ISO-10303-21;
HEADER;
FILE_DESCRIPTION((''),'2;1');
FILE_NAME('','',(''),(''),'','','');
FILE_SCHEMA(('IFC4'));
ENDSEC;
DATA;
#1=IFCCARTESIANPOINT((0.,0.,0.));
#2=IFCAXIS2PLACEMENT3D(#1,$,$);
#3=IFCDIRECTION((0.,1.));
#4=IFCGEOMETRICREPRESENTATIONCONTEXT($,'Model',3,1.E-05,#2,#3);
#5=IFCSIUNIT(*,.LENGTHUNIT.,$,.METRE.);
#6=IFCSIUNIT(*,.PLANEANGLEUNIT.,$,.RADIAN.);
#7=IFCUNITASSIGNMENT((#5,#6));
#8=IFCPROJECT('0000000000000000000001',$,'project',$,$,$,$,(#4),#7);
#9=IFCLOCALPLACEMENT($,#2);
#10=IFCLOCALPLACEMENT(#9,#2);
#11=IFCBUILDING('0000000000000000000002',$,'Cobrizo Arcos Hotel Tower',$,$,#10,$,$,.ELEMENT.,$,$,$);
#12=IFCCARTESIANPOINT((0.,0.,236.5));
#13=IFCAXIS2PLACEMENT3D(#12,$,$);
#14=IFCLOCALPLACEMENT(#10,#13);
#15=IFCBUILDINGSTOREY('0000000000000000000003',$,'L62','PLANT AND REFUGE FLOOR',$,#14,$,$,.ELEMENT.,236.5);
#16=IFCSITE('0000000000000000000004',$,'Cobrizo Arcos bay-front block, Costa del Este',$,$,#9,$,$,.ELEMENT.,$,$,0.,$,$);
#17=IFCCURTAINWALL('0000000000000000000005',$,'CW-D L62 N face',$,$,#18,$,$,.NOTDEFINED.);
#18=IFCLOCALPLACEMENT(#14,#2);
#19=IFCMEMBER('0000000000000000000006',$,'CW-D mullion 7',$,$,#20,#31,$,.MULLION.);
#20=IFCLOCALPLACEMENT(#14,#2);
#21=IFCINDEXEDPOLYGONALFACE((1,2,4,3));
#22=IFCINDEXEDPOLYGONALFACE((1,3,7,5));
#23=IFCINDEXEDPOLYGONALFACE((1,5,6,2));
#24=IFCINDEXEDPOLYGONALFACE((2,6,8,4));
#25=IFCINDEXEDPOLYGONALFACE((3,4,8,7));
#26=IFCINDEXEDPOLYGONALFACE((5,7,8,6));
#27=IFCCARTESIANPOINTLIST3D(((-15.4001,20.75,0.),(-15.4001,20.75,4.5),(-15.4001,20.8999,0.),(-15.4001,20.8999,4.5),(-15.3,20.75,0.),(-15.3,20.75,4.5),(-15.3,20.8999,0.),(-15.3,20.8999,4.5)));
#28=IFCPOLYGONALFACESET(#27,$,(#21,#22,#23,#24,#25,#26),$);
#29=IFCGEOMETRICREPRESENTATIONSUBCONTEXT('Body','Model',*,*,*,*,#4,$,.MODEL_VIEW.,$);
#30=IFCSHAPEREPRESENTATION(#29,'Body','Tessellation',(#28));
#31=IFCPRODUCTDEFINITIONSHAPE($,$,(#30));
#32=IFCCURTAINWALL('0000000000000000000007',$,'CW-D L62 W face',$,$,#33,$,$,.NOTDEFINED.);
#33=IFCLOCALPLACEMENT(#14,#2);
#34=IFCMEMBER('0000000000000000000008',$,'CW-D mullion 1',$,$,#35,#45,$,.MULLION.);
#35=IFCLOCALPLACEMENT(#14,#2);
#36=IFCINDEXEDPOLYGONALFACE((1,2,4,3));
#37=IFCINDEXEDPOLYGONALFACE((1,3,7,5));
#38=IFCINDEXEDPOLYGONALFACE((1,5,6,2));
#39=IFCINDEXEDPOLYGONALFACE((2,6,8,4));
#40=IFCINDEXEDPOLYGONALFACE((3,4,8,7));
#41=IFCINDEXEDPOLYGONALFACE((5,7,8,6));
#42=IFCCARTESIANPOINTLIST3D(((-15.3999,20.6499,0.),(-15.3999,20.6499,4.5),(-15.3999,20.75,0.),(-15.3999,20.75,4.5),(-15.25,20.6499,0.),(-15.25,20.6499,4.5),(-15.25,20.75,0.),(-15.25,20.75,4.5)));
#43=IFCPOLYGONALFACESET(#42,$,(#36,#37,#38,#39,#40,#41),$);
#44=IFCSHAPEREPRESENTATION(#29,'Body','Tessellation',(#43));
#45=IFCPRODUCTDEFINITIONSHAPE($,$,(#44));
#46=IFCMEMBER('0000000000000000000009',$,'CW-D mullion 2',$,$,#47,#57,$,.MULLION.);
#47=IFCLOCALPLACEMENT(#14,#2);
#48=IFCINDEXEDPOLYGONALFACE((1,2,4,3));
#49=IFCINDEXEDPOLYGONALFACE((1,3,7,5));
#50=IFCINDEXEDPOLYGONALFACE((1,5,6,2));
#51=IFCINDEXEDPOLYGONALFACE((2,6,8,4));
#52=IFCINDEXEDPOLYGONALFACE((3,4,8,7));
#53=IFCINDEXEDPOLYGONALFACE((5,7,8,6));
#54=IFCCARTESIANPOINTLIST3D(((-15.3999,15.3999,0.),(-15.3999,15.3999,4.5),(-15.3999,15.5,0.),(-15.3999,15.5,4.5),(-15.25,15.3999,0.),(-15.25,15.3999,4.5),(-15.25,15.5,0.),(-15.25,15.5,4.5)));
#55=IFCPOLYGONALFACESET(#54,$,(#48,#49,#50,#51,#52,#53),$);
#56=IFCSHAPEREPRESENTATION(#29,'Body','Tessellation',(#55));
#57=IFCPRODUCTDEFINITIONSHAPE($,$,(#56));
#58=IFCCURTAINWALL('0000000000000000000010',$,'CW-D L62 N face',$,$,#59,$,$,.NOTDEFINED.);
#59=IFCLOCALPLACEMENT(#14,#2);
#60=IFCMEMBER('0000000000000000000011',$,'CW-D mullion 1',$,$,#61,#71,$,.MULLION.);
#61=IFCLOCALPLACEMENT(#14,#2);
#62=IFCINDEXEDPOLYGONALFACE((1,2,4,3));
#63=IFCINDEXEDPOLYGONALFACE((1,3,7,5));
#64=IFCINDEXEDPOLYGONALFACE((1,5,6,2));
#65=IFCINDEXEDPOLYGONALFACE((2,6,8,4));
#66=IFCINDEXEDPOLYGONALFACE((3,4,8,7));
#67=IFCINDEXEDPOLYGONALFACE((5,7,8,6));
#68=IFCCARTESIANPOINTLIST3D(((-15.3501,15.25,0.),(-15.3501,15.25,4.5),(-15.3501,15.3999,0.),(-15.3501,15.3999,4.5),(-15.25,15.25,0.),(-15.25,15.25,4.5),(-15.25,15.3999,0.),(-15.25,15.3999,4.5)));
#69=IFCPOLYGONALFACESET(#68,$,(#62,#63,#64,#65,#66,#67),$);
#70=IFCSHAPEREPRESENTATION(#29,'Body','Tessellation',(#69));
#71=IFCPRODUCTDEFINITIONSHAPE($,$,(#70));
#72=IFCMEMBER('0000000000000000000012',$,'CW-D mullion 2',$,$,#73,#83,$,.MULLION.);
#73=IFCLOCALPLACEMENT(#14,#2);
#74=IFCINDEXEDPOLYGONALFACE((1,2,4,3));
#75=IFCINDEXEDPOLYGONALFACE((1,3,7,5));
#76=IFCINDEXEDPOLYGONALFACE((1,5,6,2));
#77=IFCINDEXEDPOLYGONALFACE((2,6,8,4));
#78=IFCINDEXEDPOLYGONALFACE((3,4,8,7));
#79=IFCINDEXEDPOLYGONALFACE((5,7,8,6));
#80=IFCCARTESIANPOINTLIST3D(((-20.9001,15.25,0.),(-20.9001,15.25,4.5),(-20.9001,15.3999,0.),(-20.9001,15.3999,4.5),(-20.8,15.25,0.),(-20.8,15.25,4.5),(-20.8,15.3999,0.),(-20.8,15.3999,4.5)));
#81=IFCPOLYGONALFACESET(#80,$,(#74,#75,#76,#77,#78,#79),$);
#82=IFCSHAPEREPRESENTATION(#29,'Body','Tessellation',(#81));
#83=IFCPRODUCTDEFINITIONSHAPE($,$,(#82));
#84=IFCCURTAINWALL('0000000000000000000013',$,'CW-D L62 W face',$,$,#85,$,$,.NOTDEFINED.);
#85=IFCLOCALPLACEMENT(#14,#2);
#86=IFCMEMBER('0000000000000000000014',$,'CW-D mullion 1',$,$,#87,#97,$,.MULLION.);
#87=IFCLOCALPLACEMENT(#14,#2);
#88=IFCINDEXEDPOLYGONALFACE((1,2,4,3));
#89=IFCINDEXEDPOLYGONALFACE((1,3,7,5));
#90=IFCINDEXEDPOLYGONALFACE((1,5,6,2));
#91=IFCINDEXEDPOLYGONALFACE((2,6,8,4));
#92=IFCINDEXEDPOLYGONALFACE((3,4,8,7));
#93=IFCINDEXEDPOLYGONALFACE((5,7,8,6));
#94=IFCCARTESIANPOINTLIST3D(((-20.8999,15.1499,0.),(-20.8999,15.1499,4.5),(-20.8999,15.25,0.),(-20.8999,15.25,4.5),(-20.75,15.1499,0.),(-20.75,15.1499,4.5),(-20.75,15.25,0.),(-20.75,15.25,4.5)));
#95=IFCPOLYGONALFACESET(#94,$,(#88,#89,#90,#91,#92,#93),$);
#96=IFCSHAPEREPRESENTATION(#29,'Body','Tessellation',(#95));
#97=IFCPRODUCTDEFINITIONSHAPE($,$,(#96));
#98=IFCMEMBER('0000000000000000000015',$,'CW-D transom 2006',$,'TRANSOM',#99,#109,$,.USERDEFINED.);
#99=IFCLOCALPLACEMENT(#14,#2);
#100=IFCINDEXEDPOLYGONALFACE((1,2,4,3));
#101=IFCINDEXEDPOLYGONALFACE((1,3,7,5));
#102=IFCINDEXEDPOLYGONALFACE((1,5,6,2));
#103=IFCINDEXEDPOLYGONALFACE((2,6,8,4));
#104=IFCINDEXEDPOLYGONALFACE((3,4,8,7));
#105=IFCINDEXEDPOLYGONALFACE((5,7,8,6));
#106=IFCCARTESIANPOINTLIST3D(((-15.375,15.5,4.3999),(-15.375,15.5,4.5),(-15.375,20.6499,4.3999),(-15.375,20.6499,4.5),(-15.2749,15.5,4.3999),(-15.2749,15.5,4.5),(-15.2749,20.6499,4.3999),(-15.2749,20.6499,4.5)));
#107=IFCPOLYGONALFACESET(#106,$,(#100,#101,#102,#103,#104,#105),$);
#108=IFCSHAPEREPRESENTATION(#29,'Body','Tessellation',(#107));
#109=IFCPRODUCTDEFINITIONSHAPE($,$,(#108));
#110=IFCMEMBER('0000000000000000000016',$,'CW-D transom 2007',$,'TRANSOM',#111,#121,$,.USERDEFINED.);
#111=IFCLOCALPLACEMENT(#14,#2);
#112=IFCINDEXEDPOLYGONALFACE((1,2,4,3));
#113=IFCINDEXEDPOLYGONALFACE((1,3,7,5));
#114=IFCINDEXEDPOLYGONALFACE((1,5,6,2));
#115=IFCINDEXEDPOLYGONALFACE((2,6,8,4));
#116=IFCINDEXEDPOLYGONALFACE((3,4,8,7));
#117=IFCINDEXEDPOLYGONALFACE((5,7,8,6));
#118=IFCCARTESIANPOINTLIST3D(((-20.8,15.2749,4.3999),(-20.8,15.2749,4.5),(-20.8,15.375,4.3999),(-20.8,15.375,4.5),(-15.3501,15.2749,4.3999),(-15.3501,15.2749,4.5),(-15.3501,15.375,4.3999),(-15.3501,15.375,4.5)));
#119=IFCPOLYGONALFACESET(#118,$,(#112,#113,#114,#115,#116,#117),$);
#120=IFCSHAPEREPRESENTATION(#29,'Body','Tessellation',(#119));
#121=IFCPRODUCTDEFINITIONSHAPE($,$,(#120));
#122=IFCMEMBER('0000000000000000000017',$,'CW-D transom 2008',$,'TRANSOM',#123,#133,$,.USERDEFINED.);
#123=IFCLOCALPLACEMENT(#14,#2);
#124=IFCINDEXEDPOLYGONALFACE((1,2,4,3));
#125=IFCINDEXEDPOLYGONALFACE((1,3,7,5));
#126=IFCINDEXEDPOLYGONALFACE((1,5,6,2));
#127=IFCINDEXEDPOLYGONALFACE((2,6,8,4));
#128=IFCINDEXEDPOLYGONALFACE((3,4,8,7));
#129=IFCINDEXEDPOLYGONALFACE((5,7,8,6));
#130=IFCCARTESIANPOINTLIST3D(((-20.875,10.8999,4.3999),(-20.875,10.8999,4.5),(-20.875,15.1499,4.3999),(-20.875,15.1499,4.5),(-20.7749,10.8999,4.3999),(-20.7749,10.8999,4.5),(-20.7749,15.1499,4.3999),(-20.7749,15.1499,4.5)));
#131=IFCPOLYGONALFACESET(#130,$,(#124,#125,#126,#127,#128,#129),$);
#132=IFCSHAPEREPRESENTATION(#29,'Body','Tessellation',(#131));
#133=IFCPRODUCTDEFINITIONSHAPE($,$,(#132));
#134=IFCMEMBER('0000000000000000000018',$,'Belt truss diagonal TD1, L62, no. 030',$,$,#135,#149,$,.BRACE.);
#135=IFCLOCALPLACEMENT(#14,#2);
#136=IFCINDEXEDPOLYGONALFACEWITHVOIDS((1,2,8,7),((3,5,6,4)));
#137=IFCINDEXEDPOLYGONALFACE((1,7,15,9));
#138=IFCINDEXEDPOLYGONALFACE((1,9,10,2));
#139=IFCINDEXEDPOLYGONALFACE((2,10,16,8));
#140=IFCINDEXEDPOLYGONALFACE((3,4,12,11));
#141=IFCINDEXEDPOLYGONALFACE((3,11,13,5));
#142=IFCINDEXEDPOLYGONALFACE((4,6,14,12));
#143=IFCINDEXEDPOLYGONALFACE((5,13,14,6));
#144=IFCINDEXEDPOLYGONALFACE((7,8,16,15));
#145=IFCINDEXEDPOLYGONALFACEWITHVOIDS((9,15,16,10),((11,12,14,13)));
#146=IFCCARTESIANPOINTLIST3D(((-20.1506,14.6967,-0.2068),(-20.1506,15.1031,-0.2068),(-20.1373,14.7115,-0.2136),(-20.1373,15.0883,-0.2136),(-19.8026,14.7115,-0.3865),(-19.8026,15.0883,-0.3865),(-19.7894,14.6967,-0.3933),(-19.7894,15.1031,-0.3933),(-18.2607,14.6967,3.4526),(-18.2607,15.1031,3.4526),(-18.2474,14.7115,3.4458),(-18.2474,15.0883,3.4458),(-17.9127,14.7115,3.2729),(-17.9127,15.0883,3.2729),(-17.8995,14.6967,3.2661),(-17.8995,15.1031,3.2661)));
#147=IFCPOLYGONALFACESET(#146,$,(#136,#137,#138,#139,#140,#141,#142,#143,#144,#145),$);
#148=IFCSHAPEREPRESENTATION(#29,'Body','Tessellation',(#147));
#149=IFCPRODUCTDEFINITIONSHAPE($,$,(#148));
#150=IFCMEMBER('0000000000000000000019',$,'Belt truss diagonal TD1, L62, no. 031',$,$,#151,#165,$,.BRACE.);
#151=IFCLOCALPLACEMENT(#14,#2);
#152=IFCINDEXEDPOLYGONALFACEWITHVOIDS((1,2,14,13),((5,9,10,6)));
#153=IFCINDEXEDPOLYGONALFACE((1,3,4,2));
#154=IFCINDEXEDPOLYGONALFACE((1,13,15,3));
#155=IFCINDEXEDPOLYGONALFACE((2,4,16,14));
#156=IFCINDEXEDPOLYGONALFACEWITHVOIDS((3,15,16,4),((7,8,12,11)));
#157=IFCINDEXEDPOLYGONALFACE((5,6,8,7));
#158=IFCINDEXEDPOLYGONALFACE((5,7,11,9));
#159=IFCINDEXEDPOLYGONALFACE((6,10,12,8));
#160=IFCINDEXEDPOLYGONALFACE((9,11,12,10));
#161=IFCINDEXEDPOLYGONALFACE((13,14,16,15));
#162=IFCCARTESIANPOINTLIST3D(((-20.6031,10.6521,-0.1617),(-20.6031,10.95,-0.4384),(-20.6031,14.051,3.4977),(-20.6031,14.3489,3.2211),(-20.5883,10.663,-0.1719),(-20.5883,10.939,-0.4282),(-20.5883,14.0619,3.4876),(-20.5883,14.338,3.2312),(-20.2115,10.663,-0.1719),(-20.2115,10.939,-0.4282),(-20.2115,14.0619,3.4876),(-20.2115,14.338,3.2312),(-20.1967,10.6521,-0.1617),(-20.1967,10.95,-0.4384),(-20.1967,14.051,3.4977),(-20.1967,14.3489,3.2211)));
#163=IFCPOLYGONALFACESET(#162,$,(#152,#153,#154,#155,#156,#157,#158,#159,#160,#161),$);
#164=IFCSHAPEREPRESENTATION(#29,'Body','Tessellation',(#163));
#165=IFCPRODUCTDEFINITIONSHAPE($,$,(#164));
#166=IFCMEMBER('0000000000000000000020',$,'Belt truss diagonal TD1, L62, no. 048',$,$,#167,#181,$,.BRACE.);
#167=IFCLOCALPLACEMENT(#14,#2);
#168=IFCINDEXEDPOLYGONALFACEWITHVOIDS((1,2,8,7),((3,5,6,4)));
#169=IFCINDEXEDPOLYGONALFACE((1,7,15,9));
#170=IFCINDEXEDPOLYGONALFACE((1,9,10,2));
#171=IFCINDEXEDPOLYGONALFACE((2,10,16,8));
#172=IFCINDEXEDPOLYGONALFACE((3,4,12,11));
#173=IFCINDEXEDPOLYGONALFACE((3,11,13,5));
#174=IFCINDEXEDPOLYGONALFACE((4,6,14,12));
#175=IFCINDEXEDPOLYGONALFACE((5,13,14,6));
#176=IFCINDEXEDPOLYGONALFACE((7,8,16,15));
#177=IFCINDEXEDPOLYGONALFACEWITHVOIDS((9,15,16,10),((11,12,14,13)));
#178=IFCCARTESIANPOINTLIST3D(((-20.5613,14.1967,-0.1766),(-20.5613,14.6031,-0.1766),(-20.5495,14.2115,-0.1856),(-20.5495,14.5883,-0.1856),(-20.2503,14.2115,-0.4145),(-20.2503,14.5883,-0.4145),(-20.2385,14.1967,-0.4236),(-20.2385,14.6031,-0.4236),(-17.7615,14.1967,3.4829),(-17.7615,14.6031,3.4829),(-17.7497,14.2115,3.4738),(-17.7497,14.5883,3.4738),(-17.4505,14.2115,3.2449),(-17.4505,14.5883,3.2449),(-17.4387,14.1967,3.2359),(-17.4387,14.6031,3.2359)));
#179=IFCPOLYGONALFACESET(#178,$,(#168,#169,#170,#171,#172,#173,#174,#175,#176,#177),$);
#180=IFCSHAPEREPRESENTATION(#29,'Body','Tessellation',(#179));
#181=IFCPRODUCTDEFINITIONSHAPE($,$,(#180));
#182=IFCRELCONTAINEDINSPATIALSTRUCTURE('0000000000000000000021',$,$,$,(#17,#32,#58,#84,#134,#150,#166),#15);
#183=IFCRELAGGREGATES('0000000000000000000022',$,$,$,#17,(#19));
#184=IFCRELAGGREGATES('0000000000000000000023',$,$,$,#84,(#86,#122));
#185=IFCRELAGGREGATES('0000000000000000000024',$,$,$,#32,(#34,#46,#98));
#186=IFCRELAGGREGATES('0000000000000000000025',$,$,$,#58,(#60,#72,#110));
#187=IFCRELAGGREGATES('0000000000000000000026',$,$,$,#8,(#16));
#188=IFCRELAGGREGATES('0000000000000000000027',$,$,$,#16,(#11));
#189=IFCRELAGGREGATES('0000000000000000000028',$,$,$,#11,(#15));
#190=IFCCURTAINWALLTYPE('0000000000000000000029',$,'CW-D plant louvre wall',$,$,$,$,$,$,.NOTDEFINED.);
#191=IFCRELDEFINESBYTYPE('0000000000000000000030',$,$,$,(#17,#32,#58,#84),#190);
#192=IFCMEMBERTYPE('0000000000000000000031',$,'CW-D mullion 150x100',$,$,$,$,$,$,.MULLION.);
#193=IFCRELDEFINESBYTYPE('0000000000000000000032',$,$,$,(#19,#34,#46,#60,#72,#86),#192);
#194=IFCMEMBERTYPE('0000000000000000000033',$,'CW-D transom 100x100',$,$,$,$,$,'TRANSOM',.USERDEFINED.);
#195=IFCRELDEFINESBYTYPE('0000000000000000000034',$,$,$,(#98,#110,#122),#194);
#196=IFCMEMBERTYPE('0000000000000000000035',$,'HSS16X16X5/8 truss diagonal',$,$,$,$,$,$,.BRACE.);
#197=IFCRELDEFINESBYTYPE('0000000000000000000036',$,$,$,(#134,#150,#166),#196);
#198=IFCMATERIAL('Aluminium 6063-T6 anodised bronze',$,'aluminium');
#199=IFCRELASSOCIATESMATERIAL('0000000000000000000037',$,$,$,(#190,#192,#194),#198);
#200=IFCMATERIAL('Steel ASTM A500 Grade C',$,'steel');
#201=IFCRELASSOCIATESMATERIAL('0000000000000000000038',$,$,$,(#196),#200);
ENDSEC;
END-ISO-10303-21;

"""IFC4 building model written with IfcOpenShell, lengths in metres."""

from ifc_helpers import new_model, si_unit, direction, frame, origin, origin_2d, place, context, subcontext, project, spatial, rectangle, hollow_rectangle, extrude, material, material_profile, profile_set, type_object, element, aggregate, save


model = new_model("IFC4")

# Units and contexts
model_context = context("Model", 3, precision=1e-05, world=origin(), true_north=direction((0.0, 1.0)))
body_context = subcontext(model_context, "Body", "Model", "MODEL_VIEW")
ifc_project = project(units=[si_unit("LENGTHUNIT", "METRE"), si_unit("PLANEANGLEUNIT", "RADIAN")], contexts=[model_context])

# Site, building, storey
site_placement = place(None, origin())
site = spatial("IfcSite", under=ifc_project, at=site_placement, Name="Cobrizo Arcos bay-front block, Costa del Este", CompositionType="ELEMENT", RefElevation=0.0)
building_placement = place(site_placement, origin())
building = spatial("IfcBuilding", under=site, at=building_placement, Name="Cobrizo Arcos Hotel Tower", CompositionType="ELEMENT")
storey_placement = place(building_placement, frame((0.0, 0.0, 236.5)))
storey = spatial("IfcBuildingStorey", under=building, at=storey_placement, Name="L62", Description="PLANT AND REFUGE FLOOR", CompositionType="ELEMENT", Elevation=236.5)

# Curtain wall, member
ifc_material_1 = material(Name="Aluminium 6063-T6 anodised bronze", Category="aluminium")
curtain_wall_type = type_object("IfcCurtainWallType", Name="CW-D plant louvre wall", PredefinedType="NOTDEFINED", material=ifc_material_1)
curtain_wall_1_placement = place(storey_placement, origin())
curtain_wall_1 = element("IfcCurtainWall", 1, at=curtain_wall_1_placement, inside=storey, type_object=curtain_wall_type, Name="CW-D L62 N face", PredefinedType="NOTDEFINED")
ifc_material_profile_1 = material_profile(ifc_material_1, rectangle(XDim=0.1499, YDim=0.1001, at=origin_2d()), Name="CW-D mullion 150x100")
ifc_profile_set_1 = profile_set([ifc_material_profile_1], Name="Aluminium 6063-T6 anodised bronze")
member_type_1 = type_object("IfcMemberType", Name="CW-D mullion 150x100", PredefinedType="MULLION", material=ifc_profile_set_1)
member_1_placement = place(storey_placement, frame((-15.3501, 20.825, 0.0), z_axis=(0.0, 0.0, 1.0), x_axis=(0.0, 1.0, 0.0)))
member_1 = element("IfcMember", 2, at=member_1_placement, type_object=member_type_1, Name="CW-D mullion 7", PredefinedType="MULLION", context=body_context, shape_type="SweptSolid", body=[
    extrude(rectangle(XDim=0.1499, YDim=0.1001, at=origin_2d()), origin(), (0.0, 0.0, 1.0), 4.5),
])
aggregate(curtain_wall_1, [member_1])

# Curtain walls, members
curtain_wall_2_placement = place(storey_placement, origin())
curtain_wall_2 = element("IfcCurtainWall", 3, at=curtain_wall_2_placement, inside=storey, type_object=curtain_wall_type, Name="CW-D L62 W face", PredefinedType="NOTDEFINED")
member_2_placement = place(storey_placement, frame((-15.325, 20.7, 0.0), z_axis=(0.0, 0.0, 1.0), x_axis=(-1.0, 0.0, 0.0)))
member_2 = element("IfcMember", 4, at=member_2_placement, type_object=member_type_1, Name="CW-D mullion 1", PredefinedType="MULLION", context=body_context, shape_type="SweptSolid", body=[
    extrude(rectangle(XDim=0.1499, YDim=0.1001, at=origin_2d()), origin(), (0.0, 0.0, 1.0), 4.5),
])
member_3_placement = place(storey_placement, frame((-15.325, 15.45, 0.0), z_axis=(0.0, 0.0, 1.0), x_axis=(-1.0, 0.0, 0.0)))
member_3 = element("IfcMember", 5, at=member_3_placement, type_object=member_type_1, Name="CW-D mullion 2", PredefinedType="MULLION", context=body_context, shape_type="SweptSolid", body=[
    extrude(rectangle(XDim=0.1499, YDim=0.1001, at=origin_2d()), origin(), (0.0, 0.0, 1.0), 4.5),
])
curtain_wall_3_placement = place(storey_placement, origin())
curtain_wall_3 = element("IfcCurtainWall", 6, at=curtain_wall_3_placement, inside=storey, type_object=curtain_wall_type, Name="CW-D L62 N face", PredefinedType="NOTDEFINED")
member_4_placement = place(storey_placement, frame((-15.3, 15.325, 0.0), z_axis=(0.0, 0.0, 1.0), x_axis=(0.0, 1.0, 0.0)))
member_4 = element("IfcMember", 7, at=member_4_placement, type_object=member_type_1, Name="CW-D mullion 1", PredefinedType="MULLION", context=body_context, shape_type="SweptSolid", body=[
    extrude(rectangle(XDim=0.1499, YDim=0.1001, at=origin_2d()), origin(), (0.0, 0.0, 1.0), 4.5),
])
member_5_placement = place(storey_placement, frame((-20.8501, 15.325, 0.0), z_axis=(0.0, 0.0, 1.0), x_axis=(0.0, 1.0, 0.0)))
member_5 = element("IfcMember", 8, at=member_5_placement, type_object=member_type_1, Name="CW-D mullion 2", PredefinedType="MULLION", context=body_context, shape_type="SweptSolid", body=[
    extrude(rectangle(XDim=0.1499, YDim=0.1001, at=origin_2d()), origin(), (0.0, 0.0, 1.0), 4.5),
])

# Curtain wall, member
curtain_wall_4_placement = place(storey_placement, origin())
curtain_wall_4 = element("IfcCurtainWall", 9, at=curtain_wall_4_placement, inside=storey, type_object=curtain_wall_type, Name="CW-D L62 W face", PredefinedType="NOTDEFINED")
member_6_placement = place(storey_placement, frame((-20.825, 15.2, 0.0), z_axis=(0.0, 0.0, 1.0), x_axis=(-1.0, 0.0, 0.0)))
member_6 = element("IfcMember", 10, at=member_6_placement, type_object=member_type_1, Name="CW-D mullion 1", PredefinedType="MULLION", context=body_context, shape_type="SweptSolid", body=[
    extrude(rectangle(XDim=0.1499, YDim=0.1001, at=origin_2d()), origin(), (0.0, 0.0, 1.0), 4.5),
])

# Members
ifc_material_profile_2 = material_profile(ifc_material_1, rectangle(XDim=0.1001, YDim=0.1001, at=origin_2d()), Name="CW-D transom 100x100")
ifc_profile_set_2 = profile_set([ifc_material_profile_2], Name="Aluminium 6063-T6 anodised bronze")
member_type_2 = type_object("IfcMemberType", Name="CW-D transom 100x100", ElementType="TRANSOM", PredefinedType="USERDEFINED", material=ifc_profile_set_2)
member_7_placement = place(storey_placement, frame((-15.325, 20.6499, 4.45), z_axis=(0.0, -1.0, 0.0), x_axis=(1.0, 0.0, 0.0)))
member_7 = element("IfcMember", 11, at=member_7_placement, type_object=member_type_2, Name="CW-D transom 2006", ObjectType="TRANSOM", PredefinedType="USERDEFINED", context=body_context, shape_type="SweptSolid", body=[
    extrude(rectangle(XDim=0.1001, YDim=0.1001, at=origin_2d()), origin(), (0.0, 0.0, 1.0), 5.1499),
])
member_8_placement = place(storey_placement, frame((-15.3501, 15.325, 4.45), z_axis=(-1.0, 0.0, 0.0), x_axis=(0.0, -1.0, 0.0)))
member_8 = element("IfcMember", 12, at=member_8_placement, type_object=member_type_2, Name="CW-D transom 2007", ObjectType="TRANSOM", PredefinedType="USERDEFINED", context=body_context, shape_type="SweptSolid", body=[
    extrude(rectangle(XDim=0.1001, YDim=0.1001, at=origin_2d()), origin(), (0.0, 0.0, 1.0), 5.45),
])
member_9_placement = place(storey_placement, frame((-20.825, 15.1499, 4.45), z_axis=(0.0, -1.0, 0.0), x_axis=(1.0, 0.0, 0.0)))
member_9 = element("IfcMember", 13, at=member_9_placement, type_object=member_type_2, Name="CW-D transom 2008", ObjectType="TRANSOM", PredefinedType="USERDEFINED", context=body_context, shape_type="SweptSolid", body=[
    extrude(rectangle(XDim=0.1001, YDim=0.1001, at=origin_2d()), origin(), (0.0, 0.0, 1.0), 4.25),
])
aggregate(curtain_wall_4, [member_6, member_9])

# Members
ifc_material_2 = material(Name="Steel ASTM A500 Grade C", Category="steel")
ifc_material_profile_3 = material_profile(ifc_material_2, hollow_rectangle(XDim=0.4065, YDim=0.4065, WallThickness=0.0149, at=origin_2d()), Name="HSS16X16X5/8")
ifc_profile_set_3 = profile_set([ifc_material_profile_3], Name="Steel ASTM A500 Grade C")
member_type_3 = type_object("IfcMemberType", Name="HSS16X16X5/8 truss diagonal", PredefinedType="BRACE", material=ifc_profile_set_3)
member_10_placement = place(storey_placement, frame((-18.0801, 14.8999, 3.3594), z_axis=(-0.458865, 0.0, -0.888506), x_axis=(0.0, -1.0, 0.0)))
element("IfcMember", 14, at=member_10_placement, inside=storey, type_object=member_type_3, Name="Belt truss diagonal TD1, L62, no. 030", PredefinedType="BRACE", context=body_context, shape_type="SweptSolid", body=[
    extrude(hollow_rectangle(XDim=0.4065, YDim=0.4065, WallThickness=0.0149, at=origin_2d()), origin(), (0.0, 0.0, 1.0), 4.1187),
])
member_11_placement = place(storey_placement, frame((-20.3999, 14.2, 3.3594), z_axis=(0.0, -0.680547, -0.732705), x_axis=(1.0, 0.0, 0.0)))
element("IfcMember", 15, at=member_11_placement, inside=storey, type_object=member_type_3, Name="Belt truss diagonal TD1, L62, no. 031", PredefinedType="BRACE", context=body_context, shape_type="SweptSolid", body=[
    extrude(hollow_rectangle(XDim=0.4065, YDim=0.4065, WallThickness=0.0149, at=origin_2d()), origin(), (0.0, 0.0, 1.0), 4.9944),
])
member_12_placement = place(storey_placement, frame((-17.6001, 14.3999, 3.3594), z_axis=(-0.607645, 0.0, -0.794209), x_axis=(0.0, -1.0, 0.0)))
element("IfcMember", 16, at=member_12_placement, inside=storey, type_object=member_type_3, Name="Belt truss diagonal TD1, L62, no. 048", PredefinedType="BRACE", context=body_context, shape_type="SweptSolid", body=[
    extrude(hollow_rectangle(XDim=0.4065, YDim=0.4065, WallThickness=0.0149, at=origin_2d()), origin(), (0.0, 0.0, 1.0), 4.6077),
])

aggregate(curtain_wall_2, [member_2, member_3, member_7])
aggregate(curtain_wall_3, [member_4, member_5, member_8])

save(model, "model.ifc")
